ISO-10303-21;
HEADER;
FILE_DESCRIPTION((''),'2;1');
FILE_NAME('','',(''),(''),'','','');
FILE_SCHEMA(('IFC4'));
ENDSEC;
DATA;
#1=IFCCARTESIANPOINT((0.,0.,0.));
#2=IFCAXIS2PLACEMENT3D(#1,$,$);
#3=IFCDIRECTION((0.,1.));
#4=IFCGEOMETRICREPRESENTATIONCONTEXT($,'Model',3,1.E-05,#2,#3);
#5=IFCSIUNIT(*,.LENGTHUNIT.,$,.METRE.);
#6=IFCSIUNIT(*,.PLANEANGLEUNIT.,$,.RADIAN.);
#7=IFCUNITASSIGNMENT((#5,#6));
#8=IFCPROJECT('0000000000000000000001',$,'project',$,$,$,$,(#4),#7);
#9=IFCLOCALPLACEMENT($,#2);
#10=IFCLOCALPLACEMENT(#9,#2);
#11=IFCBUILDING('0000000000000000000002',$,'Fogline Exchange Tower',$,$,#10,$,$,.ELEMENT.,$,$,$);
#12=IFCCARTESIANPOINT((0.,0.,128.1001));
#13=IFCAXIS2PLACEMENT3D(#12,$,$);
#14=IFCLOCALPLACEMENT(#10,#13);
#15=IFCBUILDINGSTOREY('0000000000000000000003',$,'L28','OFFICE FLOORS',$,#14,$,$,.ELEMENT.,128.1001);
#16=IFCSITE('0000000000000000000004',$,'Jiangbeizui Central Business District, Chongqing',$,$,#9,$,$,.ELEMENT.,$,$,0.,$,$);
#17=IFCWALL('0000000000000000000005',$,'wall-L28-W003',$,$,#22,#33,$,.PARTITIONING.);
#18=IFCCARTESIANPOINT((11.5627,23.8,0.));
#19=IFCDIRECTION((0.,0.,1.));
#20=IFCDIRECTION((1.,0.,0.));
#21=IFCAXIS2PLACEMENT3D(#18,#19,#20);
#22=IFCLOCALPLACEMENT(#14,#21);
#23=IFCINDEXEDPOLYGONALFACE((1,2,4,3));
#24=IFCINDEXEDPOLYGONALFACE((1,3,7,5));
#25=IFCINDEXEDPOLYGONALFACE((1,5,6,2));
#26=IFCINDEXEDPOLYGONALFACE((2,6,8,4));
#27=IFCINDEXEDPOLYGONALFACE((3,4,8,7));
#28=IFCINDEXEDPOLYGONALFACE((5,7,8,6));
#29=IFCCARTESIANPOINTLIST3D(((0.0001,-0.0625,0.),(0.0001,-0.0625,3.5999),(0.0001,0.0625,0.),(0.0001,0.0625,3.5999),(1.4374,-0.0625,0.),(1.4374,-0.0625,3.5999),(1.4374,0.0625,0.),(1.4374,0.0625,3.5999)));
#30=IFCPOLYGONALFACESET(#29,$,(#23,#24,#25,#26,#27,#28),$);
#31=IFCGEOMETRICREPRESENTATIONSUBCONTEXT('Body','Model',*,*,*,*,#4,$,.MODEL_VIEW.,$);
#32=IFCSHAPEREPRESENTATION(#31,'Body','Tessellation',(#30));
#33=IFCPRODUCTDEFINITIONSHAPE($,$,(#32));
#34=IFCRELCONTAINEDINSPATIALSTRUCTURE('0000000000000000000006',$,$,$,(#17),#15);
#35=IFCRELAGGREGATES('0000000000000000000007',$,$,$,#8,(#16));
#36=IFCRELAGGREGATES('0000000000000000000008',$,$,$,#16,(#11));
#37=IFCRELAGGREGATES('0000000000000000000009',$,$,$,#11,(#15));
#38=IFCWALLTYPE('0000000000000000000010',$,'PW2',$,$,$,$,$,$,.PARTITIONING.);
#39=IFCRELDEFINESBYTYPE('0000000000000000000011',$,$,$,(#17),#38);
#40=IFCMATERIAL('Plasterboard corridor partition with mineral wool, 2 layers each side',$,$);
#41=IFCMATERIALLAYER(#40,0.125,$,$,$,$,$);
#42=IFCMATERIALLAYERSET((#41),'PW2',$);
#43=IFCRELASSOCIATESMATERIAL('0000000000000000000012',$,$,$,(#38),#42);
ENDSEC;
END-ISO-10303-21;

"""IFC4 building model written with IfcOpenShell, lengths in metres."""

from ifc_helpers import new_model, si_unit, direction, frame, frame_2d, origin, place, context, subcontext, project, spatial, rectangle, extrude, material, layer, layer_set, type_object, element, save


model = new_model("IFC4")

# Units and contexts
model_context = context("Model", 3, precision=1e-05, world=origin(), true_north=direction((0.0, 1.0)))
body_context = subcontext(model_context, "Body", "Model", "MODEL_VIEW")
ifc_project = project(units=[si_unit("LENGTHUNIT", "METRE"), si_unit("PLANEANGLEUNIT", "RADIAN")], contexts=[model_context])

# Site, building, storey
site_placement = place(None, origin())
site = spatial("IfcSite", under=ifc_project, at=site_placement, Name="Jiangbeizui Central Business District, Chongqing", CompositionType="ELEMENT", RefElevation=0.0)
building_placement = place(site_placement, origin())
building = spatial("IfcBuilding", under=site, at=building_placement, Name="Fogline Exchange Tower", CompositionType="ELEMENT")
storey_placement = place(building_placement, frame((0.0, 0.0, 128.1001)))
storey = spatial("IfcBuildingStorey", under=building, at=storey_placement, Name="L28", Description="OFFICE FLOORS", CompositionType="ELEMENT", Elevation=128.1001)

# Wall
ifc_material_1 = material(Name="Plasterboard corridor partition with mineral wool, 2 layers each side")
ifc_layer_1 = layer(ifc_material_1, 0.125)
ifc_layer_set_1 = layer_set([ifc_layer_1], Name="PW2")
wall_type_1 = type_object("IfcWallType", Name="PW2", PredefinedType="PARTITIONING", material=ifc_layer_set_1)
wall_1_placement = place(storey_placement, frame((11.5627, 23.8, 0.0), z_axis=(0.0, 0.0, 1.0), x_axis=(1.0, 0.0, 0.0)))
element("IfcWall", 1, at=wall_1_placement, inside=storey, type_object=wall_type_1, Name="wall-L28-W003", PredefinedType="PARTITIONING", context=body_context, shape_type="SweptSolid", body=[
    extrude(rectangle(XDim=1.4373, YDim=0.125, at=frame_2d((0.7188, 0.0))), origin(), (0.0, 0.0, 1.0), 3.5999),
])

save(model, "model.ifc")
